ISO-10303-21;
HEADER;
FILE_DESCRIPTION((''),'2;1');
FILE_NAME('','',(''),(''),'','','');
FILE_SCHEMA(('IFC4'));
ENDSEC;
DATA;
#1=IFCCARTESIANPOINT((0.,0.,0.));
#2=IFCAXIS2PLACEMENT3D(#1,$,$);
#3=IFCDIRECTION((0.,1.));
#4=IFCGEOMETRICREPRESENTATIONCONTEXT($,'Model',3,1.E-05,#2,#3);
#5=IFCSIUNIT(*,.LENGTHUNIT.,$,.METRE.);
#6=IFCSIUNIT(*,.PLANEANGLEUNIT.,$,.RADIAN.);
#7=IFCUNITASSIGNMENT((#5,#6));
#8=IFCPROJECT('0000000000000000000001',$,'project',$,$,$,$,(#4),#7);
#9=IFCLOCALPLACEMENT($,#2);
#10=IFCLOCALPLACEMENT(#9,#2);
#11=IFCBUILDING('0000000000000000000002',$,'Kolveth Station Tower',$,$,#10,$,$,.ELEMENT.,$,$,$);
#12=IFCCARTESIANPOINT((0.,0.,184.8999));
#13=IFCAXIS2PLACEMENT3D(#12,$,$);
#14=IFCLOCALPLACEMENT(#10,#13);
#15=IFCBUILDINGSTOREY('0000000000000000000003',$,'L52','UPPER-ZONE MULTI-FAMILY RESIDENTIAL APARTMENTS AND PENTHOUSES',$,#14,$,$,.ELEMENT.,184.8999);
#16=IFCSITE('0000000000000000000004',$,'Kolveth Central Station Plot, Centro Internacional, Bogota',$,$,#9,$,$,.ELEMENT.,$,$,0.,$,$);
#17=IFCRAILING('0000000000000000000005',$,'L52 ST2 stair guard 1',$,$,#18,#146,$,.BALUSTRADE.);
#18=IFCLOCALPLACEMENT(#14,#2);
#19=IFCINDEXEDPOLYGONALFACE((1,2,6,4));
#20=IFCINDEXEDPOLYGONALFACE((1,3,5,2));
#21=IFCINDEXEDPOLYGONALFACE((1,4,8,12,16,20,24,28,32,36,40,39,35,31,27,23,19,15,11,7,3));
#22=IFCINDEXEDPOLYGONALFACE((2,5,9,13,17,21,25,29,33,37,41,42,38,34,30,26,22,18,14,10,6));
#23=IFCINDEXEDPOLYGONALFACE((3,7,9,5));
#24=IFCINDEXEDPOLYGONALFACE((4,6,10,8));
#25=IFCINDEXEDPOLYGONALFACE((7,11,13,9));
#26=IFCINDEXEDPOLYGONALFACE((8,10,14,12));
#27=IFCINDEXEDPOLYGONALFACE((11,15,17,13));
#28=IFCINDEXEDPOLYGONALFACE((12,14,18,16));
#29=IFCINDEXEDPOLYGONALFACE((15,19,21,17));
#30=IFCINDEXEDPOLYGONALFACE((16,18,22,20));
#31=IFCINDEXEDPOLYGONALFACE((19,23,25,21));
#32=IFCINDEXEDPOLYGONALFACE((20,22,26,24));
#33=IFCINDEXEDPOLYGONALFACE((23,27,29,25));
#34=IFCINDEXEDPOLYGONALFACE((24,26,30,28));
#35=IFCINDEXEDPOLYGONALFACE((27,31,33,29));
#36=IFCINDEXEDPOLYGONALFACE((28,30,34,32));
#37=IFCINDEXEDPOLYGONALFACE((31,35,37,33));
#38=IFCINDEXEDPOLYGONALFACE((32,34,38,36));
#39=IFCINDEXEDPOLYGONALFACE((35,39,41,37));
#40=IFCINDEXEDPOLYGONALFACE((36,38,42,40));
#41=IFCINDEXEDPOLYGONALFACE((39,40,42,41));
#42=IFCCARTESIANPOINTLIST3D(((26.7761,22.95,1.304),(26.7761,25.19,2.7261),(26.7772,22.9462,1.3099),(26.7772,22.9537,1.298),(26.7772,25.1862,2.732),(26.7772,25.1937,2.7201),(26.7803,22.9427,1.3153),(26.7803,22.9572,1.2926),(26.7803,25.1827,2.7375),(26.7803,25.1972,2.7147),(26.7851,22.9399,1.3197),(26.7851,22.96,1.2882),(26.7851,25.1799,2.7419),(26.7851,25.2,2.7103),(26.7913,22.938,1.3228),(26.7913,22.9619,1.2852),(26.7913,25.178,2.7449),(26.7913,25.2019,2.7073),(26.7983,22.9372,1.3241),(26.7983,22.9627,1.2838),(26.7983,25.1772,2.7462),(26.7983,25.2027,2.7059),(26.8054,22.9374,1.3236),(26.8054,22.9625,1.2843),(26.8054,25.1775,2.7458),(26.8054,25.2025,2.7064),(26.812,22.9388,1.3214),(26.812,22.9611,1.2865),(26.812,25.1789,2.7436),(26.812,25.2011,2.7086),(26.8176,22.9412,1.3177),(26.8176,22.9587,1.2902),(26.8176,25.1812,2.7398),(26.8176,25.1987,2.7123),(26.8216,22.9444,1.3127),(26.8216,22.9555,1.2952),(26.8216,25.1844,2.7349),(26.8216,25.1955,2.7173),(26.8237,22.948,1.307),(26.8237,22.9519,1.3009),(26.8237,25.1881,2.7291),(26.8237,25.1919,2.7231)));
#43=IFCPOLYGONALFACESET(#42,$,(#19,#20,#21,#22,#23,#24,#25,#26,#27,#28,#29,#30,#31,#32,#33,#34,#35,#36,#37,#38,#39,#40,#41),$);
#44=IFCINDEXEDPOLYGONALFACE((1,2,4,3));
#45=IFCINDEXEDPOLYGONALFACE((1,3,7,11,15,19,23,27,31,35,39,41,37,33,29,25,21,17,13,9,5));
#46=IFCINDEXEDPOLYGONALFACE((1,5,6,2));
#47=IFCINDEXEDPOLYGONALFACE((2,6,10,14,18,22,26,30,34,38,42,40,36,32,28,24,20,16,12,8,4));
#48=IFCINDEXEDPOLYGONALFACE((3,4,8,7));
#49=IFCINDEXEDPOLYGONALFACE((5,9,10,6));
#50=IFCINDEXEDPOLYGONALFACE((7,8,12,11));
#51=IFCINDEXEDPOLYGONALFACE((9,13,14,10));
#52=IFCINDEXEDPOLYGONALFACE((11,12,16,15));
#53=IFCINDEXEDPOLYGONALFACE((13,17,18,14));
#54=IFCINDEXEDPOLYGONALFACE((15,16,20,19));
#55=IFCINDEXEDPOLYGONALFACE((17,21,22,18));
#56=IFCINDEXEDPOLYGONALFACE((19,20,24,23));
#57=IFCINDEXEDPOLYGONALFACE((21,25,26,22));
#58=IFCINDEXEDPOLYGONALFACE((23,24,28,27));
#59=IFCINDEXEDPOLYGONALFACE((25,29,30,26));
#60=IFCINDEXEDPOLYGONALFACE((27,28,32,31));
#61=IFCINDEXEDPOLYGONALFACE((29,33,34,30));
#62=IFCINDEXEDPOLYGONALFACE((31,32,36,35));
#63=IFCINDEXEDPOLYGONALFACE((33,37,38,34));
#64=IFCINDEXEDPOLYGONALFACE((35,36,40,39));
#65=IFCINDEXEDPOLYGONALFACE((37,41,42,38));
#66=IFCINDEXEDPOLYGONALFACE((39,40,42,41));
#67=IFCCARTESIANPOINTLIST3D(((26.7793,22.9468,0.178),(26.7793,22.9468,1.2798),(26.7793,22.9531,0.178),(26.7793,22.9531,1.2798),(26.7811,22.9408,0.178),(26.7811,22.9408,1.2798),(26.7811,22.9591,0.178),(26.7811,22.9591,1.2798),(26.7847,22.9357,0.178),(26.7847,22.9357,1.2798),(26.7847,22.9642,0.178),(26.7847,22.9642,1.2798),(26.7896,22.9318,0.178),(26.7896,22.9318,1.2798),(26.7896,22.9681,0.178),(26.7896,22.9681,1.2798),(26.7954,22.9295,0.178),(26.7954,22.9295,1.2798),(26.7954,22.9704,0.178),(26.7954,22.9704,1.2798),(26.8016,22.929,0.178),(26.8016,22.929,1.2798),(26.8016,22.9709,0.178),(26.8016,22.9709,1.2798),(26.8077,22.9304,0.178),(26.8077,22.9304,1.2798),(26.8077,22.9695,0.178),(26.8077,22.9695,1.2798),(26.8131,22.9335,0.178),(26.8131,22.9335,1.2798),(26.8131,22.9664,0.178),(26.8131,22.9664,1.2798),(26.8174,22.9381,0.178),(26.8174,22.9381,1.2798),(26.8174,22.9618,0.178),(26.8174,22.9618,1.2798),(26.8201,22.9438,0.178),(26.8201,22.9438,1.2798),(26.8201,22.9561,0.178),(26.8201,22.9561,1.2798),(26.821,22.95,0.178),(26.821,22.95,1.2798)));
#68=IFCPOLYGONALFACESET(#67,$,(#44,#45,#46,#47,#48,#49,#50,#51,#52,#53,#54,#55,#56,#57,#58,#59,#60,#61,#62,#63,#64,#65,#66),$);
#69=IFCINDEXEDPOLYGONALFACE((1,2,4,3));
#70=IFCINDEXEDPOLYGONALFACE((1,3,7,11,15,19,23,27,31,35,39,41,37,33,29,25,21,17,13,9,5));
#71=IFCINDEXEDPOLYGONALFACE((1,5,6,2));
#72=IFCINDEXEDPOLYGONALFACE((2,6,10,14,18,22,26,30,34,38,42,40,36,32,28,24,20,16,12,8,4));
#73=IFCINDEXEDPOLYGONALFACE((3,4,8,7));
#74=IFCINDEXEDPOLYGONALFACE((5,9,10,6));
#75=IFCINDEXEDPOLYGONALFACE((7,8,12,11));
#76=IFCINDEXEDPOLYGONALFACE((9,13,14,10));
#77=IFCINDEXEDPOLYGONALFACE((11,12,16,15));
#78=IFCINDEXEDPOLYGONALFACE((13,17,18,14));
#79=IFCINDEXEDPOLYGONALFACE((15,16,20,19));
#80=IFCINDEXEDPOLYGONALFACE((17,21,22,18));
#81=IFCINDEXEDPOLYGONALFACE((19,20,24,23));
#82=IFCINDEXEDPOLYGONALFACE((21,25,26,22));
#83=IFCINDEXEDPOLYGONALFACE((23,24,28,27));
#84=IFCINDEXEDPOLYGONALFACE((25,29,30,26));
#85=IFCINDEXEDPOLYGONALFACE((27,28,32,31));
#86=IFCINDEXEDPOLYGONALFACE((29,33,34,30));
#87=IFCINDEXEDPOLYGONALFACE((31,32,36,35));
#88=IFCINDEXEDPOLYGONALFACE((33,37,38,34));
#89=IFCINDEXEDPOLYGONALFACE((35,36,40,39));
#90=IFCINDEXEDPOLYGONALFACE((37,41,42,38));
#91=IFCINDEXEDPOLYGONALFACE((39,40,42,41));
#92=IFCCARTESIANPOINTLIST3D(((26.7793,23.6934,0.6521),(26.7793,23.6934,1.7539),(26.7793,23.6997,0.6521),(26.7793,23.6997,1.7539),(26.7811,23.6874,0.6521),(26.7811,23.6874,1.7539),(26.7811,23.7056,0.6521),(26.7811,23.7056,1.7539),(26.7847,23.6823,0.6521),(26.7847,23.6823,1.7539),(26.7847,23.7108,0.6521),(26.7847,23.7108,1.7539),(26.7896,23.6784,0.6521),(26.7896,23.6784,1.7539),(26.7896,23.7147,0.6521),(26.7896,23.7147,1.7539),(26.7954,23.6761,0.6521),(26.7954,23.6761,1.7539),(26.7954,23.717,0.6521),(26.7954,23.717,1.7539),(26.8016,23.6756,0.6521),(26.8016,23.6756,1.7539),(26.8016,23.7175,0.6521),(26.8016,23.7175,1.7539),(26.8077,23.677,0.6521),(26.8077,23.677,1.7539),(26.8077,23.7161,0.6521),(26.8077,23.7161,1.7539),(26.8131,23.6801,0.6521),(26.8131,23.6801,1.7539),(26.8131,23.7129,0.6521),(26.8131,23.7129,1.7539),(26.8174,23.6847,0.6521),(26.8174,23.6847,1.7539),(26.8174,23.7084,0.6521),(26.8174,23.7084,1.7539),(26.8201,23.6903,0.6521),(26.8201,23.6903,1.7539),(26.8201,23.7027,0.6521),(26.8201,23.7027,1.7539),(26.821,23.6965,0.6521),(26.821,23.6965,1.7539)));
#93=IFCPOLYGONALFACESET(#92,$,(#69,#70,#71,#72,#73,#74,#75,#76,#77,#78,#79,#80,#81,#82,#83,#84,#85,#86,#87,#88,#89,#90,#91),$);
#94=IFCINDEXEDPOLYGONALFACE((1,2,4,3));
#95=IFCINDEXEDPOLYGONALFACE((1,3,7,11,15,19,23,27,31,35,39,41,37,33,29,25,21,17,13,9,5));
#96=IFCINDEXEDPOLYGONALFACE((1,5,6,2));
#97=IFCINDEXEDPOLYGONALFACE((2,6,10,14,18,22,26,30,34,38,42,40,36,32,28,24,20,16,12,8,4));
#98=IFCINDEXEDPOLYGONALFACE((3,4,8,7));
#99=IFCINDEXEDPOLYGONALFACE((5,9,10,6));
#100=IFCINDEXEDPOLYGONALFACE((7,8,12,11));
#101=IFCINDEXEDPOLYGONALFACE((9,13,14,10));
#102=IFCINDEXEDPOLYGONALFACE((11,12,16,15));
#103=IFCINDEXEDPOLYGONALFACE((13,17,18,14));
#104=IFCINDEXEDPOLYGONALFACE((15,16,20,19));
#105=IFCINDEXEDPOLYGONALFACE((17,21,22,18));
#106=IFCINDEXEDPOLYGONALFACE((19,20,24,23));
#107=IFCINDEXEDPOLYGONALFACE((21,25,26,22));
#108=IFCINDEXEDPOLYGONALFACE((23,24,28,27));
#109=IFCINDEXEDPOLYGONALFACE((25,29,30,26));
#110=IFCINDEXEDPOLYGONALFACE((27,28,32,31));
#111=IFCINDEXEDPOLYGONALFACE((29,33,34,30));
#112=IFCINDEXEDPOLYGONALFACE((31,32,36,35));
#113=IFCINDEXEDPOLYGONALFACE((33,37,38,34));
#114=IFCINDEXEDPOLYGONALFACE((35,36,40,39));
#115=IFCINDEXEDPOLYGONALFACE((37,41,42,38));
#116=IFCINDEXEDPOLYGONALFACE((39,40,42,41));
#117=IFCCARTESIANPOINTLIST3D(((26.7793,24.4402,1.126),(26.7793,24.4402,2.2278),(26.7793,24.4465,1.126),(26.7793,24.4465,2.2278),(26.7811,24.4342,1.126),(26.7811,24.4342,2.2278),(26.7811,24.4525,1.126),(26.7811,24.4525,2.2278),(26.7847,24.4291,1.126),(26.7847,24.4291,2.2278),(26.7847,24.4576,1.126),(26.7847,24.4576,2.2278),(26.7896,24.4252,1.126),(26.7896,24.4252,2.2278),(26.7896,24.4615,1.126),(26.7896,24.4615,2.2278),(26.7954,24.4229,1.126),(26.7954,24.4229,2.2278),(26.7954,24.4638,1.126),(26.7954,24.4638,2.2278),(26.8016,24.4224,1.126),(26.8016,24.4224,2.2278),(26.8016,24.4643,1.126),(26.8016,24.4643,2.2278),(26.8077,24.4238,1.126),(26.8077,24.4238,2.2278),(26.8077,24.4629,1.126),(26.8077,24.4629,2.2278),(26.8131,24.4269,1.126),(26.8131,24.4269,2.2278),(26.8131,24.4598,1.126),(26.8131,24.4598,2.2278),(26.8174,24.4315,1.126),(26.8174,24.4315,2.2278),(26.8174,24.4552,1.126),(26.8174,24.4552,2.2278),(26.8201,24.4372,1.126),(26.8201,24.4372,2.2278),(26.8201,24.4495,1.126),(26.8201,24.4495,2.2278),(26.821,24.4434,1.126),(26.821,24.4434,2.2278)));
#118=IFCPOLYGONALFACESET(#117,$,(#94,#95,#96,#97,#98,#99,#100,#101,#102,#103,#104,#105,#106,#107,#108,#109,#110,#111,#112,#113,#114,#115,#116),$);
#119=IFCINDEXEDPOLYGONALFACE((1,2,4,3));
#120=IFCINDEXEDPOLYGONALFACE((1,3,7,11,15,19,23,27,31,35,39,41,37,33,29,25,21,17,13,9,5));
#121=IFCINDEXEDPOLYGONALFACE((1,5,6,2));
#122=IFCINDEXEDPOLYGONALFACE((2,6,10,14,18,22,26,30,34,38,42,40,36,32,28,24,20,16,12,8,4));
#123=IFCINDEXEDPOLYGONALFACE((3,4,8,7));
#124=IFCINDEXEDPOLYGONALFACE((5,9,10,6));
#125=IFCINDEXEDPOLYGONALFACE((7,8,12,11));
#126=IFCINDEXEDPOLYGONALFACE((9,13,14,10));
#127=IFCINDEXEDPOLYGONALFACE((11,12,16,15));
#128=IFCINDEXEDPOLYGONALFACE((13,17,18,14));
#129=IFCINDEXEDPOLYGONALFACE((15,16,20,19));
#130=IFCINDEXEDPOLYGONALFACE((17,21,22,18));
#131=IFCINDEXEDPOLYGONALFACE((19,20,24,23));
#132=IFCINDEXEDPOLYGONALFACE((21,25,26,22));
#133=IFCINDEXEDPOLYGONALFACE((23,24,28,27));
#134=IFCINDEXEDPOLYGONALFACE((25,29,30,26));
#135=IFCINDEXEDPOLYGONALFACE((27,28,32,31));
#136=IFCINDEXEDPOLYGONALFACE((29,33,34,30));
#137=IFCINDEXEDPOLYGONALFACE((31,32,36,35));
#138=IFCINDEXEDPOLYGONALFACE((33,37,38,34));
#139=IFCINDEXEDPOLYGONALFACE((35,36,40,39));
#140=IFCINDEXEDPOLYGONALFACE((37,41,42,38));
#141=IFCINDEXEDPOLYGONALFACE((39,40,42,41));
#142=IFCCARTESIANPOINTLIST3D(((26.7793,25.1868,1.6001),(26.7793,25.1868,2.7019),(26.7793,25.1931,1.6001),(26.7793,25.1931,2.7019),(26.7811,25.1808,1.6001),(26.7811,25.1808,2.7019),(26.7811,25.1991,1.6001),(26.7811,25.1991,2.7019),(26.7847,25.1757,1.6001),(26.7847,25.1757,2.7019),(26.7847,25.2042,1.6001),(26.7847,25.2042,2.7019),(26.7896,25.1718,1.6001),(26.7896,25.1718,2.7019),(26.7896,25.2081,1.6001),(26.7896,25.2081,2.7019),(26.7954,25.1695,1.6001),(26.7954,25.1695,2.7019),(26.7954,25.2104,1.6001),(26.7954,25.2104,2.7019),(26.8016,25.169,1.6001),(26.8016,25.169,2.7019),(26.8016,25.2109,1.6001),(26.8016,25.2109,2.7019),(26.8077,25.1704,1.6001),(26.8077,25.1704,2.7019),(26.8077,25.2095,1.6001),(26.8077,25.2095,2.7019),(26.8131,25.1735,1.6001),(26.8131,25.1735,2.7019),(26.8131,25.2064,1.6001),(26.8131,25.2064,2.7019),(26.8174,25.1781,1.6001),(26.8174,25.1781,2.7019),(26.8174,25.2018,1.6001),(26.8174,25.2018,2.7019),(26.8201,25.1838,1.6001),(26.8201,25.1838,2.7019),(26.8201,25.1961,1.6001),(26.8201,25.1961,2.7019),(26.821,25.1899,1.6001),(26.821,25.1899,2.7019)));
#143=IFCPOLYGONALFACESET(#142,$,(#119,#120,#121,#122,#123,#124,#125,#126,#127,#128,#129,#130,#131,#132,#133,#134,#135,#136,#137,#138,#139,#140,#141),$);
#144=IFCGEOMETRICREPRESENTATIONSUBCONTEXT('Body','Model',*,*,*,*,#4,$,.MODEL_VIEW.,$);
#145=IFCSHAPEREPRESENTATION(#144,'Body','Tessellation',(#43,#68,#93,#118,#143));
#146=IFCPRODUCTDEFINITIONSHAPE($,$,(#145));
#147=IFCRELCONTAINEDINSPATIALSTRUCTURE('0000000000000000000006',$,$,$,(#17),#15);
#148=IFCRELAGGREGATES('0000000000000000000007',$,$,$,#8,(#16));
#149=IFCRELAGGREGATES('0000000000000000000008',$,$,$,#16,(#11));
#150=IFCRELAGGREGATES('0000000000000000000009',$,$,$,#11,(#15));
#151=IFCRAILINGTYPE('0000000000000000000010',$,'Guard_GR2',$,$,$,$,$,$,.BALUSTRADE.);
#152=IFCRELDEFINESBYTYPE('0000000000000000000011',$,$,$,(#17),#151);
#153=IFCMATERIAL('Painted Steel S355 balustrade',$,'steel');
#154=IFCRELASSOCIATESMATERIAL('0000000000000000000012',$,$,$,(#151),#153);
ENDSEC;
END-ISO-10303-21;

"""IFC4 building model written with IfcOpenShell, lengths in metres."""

from ifc_helpers import new_model, si_unit, direction, frame, origin, origin_2d, place, context, subcontext, project, spatial, circle, extrude, material, type_object, element, save


model = new_model("IFC4")

# Units and contexts
model_context = context("Model", 3, precision=1e-05, world=origin(), true_north=direction((0.0, 1.0)))
body_context = subcontext(model_context, "Body", "Model", "MODEL_VIEW")
ifc_project = project(units=[si_unit("LENGTHUNIT", "METRE"), si_unit("PLANEANGLEUNIT", "RADIAN")], contexts=[model_context])

# Site, building, storey
site_placement = place(None, origin())
site = spatial("IfcSite", under=ifc_project, at=site_placement, Name="Kolveth Central Station Plot, Centro Internacional, Bogota", CompositionType="ELEMENT", RefElevation=0.0)
building_placement = place(site_placement, origin())
building = spatial("IfcBuilding", under=site, at=building_placement, Name="Kolveth Station Tower", CompositionType="ELEMENT")
storey_placement = place(building_placement, frame((0.0, 0.0, 184.8999)))
storey = spatial("IfcBuildingStorey", under=building, at=storey_placement, Name="L52", Description="UPPER-ZONE MULTI-FAMILY RESIDENTIAL APARTMENTS AND PENTHOUSES", CompositionType="ELEMENT", Elevation=184.8999)

# Railing
ifc_material_1 = material(Name="Painted Steel S355 balustrade", Category="steel")
railing_type_1 = type_object("IfcRailingType", Name="Guard_GR2", PredefinedType="BALUSTRADE", material=ifc_material_1)
railing_1_placement = place(storey_placement, frame((26.8, 22.95, 0.178)))
element("IfcRailing", 1, at=railing_1_placement, inside=storey, type_object=railing_type_1, Name="L52 ST2 stair guard 1", PredefinedType="BALUSTRADE", context=body_context, shape_type="SweptSolid", body=[
    extrude(circle(Radius=0.0239, at=origin_2d()), frame((0.0, 0.0, 1.126), z_axis=(0.0, 0.844229, 0.535982), x_axis=(-1.0, 0.0, 0.0)), (0.0, 0.0, 1.0), 2.6533),
    extrude(circle(Radius=0.021, at=origin_2d()), origin(), (0.0, 0.0, 1.0), 1.1018),
    extrude(circle(Radius=0.021, at=origin_2d()), frame((0.0, 0.7466, 0.4741)), (0.0, 0.0, 1.0), 1.1018),
    extrude(circle(Radius=0.021, at=origin_2d()), frame((0.0, 1.4934, 0.948)), (0.0, 0.0, 1.0), 1.1018),
    extrude(circle(Radius=0.021, at=origin_2d()), frame((0.0, 2.24, 1.4221)), (0.0, 0.0, 1.0), 1.1018),
])

save(model, "model.ifc")
